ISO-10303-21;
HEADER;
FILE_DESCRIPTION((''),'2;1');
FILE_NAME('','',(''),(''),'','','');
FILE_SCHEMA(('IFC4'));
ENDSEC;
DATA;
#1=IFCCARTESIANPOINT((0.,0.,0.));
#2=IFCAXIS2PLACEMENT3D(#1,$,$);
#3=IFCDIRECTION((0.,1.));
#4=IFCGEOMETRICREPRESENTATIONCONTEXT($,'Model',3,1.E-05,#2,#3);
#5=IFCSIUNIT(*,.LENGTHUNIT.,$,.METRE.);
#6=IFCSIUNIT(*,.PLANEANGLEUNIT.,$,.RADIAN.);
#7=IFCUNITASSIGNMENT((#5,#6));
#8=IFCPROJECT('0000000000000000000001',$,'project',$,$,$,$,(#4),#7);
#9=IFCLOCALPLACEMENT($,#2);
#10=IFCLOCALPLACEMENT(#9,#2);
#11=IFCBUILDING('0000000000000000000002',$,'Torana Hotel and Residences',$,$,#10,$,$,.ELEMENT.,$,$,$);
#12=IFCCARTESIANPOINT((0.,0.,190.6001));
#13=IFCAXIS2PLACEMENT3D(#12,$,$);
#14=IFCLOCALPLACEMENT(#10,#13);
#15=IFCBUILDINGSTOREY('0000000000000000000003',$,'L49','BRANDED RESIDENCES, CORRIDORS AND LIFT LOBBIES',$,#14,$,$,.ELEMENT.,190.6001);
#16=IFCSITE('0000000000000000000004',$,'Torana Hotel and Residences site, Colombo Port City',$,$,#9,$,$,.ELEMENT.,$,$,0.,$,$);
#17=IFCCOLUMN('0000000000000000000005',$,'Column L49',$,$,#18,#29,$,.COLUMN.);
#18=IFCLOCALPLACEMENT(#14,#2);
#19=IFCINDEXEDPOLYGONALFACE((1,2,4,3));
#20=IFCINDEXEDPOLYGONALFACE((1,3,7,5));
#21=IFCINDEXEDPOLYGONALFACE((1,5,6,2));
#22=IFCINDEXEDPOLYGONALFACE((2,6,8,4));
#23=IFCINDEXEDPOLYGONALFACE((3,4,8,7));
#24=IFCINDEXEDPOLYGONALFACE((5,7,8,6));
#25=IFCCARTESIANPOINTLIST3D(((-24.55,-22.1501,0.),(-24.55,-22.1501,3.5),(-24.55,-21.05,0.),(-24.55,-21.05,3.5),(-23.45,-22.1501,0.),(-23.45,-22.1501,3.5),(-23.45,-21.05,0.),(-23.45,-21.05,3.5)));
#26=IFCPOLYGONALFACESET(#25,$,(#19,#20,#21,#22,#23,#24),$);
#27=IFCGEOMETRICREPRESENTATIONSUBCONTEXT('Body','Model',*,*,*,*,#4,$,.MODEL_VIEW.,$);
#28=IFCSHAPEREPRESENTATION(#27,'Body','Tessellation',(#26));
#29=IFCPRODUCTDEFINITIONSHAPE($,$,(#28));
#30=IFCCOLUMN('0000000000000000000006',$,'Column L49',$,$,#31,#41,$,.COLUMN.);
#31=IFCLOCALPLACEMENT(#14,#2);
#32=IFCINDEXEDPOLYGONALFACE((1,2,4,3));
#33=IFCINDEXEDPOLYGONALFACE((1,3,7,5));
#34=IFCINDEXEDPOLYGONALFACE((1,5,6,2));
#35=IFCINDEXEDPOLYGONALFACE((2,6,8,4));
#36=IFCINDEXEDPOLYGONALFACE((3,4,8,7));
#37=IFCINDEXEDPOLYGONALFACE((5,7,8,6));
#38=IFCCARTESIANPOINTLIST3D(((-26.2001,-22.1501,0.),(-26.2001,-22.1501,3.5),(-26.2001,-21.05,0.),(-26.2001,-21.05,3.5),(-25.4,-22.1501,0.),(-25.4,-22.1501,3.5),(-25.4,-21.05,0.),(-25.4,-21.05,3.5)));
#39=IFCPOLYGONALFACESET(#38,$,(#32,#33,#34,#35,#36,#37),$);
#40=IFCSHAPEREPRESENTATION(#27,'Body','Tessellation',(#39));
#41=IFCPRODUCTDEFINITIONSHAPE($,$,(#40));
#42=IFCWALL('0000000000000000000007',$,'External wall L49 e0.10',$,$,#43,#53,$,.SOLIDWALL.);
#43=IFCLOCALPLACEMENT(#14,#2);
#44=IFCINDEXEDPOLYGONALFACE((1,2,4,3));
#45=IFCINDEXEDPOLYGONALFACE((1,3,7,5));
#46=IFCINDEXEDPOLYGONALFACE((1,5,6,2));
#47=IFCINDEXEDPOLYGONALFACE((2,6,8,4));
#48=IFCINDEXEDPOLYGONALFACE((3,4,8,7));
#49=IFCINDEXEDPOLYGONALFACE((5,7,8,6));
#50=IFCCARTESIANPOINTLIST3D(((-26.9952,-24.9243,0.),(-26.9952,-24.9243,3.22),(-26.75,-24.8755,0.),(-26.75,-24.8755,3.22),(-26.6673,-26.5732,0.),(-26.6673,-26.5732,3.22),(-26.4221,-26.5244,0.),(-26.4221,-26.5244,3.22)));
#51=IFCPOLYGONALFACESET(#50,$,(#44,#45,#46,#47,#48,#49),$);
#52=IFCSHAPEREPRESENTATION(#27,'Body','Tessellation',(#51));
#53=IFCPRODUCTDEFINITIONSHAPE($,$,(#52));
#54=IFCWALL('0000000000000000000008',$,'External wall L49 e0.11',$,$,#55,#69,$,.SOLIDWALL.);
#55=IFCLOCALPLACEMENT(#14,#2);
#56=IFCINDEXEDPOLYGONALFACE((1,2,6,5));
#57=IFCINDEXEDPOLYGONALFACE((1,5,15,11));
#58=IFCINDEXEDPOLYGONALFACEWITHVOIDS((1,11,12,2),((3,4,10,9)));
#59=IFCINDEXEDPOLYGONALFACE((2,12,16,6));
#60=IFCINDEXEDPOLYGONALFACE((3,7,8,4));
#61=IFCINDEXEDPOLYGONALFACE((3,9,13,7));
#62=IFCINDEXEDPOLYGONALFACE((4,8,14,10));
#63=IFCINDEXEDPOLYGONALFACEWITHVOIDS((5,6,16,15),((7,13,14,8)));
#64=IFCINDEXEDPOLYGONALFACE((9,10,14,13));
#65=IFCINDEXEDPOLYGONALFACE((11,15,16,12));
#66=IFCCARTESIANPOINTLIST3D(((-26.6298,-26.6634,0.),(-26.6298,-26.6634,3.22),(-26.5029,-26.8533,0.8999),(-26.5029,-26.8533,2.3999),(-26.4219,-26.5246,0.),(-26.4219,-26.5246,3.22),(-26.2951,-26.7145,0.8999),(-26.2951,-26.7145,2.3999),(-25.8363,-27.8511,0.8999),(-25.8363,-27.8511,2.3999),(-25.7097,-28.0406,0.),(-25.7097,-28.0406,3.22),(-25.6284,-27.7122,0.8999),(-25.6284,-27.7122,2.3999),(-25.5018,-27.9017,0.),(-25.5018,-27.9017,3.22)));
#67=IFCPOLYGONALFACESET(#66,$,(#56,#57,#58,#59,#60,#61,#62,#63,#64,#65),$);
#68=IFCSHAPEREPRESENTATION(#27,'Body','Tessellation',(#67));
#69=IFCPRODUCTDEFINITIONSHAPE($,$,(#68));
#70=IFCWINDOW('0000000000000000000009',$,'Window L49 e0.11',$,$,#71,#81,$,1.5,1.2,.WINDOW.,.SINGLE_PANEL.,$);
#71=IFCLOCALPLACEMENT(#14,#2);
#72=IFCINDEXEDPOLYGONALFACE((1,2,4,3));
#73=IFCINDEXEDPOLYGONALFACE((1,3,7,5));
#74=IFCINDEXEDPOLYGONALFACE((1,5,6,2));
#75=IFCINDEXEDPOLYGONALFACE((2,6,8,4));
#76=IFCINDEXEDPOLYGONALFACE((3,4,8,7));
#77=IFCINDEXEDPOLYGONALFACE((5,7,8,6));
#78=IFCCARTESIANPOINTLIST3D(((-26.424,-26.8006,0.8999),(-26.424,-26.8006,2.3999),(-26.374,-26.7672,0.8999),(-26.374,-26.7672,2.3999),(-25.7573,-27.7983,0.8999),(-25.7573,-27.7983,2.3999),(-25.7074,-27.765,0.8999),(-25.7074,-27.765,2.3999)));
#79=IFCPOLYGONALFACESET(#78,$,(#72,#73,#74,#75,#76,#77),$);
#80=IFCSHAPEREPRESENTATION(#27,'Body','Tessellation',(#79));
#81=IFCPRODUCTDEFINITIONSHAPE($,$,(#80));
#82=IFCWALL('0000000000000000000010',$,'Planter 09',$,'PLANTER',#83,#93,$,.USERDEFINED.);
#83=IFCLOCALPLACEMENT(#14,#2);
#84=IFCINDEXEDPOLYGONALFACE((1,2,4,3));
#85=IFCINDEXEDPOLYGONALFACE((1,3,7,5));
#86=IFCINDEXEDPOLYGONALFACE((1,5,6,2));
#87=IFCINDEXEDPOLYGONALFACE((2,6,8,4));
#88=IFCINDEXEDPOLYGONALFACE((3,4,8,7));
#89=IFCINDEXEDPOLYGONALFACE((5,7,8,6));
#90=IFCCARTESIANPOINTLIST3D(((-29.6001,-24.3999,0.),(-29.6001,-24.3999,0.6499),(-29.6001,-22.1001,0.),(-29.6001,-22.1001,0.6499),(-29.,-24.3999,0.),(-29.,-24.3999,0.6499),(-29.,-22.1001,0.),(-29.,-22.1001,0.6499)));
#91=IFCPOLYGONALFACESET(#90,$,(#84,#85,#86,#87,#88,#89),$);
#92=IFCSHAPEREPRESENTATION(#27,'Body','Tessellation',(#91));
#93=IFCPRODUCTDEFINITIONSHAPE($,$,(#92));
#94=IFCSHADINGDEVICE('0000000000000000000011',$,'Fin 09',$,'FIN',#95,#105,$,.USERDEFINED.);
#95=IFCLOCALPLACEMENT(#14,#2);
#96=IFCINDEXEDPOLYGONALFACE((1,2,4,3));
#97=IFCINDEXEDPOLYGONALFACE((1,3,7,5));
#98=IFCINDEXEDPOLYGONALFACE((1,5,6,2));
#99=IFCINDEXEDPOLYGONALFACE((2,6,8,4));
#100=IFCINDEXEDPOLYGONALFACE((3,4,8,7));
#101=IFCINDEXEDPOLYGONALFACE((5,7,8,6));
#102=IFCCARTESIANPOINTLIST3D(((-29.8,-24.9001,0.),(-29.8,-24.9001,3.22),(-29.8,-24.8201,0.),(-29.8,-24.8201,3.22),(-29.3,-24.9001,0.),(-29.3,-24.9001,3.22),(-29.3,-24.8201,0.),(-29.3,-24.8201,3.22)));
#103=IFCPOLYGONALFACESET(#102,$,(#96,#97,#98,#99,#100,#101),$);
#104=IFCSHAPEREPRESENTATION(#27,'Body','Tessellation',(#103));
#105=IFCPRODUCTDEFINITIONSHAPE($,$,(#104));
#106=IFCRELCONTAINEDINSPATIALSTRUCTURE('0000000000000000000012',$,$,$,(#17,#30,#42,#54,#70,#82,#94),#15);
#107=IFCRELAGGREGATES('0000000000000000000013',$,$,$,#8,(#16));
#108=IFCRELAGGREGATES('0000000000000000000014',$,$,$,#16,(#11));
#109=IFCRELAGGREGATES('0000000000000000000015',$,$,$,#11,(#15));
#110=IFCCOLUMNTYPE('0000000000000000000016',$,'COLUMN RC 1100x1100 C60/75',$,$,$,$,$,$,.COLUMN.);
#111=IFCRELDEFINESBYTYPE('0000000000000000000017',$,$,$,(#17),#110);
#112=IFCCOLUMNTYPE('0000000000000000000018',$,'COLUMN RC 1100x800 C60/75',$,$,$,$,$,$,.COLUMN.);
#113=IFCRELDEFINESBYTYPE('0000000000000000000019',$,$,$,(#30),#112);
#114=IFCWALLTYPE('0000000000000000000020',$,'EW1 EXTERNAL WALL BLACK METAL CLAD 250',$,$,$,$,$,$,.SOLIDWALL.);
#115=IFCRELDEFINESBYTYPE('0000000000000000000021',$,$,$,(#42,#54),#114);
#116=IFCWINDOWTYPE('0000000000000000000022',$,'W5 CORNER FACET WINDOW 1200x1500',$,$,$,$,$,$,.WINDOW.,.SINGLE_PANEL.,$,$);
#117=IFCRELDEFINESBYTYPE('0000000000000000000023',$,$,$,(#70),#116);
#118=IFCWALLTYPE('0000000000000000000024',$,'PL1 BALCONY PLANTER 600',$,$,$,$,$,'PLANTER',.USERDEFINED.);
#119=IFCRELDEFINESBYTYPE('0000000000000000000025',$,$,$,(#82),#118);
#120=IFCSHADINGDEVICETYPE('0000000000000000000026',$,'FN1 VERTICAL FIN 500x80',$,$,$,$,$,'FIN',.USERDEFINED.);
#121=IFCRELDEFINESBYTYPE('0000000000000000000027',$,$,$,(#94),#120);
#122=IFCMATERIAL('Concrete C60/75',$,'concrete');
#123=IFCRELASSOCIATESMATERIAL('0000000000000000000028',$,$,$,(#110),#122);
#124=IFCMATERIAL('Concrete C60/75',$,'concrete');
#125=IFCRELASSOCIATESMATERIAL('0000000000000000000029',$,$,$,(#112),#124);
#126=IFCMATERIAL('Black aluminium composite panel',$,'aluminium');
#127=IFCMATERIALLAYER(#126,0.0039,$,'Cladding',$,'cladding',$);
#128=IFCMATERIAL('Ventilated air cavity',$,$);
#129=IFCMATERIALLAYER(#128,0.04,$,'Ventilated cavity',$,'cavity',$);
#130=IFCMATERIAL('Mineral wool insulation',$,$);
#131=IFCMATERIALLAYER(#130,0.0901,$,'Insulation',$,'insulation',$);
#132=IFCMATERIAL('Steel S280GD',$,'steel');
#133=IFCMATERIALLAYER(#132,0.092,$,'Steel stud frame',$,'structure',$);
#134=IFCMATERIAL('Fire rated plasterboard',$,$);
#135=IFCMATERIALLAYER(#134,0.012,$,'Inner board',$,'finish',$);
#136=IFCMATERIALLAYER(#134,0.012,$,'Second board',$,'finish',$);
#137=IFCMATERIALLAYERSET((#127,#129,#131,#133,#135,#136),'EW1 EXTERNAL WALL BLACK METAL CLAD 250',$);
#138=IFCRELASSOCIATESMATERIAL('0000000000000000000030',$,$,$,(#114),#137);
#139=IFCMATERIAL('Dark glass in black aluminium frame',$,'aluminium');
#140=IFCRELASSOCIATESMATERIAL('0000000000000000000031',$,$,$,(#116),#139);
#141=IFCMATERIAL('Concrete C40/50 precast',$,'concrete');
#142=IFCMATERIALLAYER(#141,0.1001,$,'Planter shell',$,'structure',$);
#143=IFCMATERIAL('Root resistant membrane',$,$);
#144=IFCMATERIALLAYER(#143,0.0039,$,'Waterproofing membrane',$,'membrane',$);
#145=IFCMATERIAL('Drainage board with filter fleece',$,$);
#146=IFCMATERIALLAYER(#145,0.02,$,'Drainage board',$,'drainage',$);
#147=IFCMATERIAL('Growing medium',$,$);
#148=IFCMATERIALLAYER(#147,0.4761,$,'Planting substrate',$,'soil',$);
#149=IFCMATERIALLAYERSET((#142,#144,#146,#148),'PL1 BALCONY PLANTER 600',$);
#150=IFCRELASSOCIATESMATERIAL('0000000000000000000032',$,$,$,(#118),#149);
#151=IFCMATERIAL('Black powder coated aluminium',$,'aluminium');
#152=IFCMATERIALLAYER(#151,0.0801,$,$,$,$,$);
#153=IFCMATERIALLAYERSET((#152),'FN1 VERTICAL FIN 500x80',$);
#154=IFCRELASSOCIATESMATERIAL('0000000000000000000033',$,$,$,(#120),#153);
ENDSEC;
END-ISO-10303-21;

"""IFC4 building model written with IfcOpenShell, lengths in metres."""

from ifc_helpers import new_model, si_unit, direction, frame, frame_2d, origin, origin_2d, place, context, subcontext, project, spatial, rectangle, extrude, material, layer, layer_set, material_profile, profile_set, type_object, element, fill, save


model = new_model("IFC4")

# Units and contexts
model_context = context("Model", 3, precision=1e-05, world=origin(), true_north=direction((0.0, 1.0)))
body_context = subcontext(model_context, "Body", "Model", "MODEL_VIEW")
ifc_project = project(units=[si_unit("LENGTHUNIT", "METRE"), si_unit("PLANEANGLEUNIT", "RADIAN")], contexts=[model_context])

# Site, building, storey
site_placement = place(None, origin())
site = spatial("IfcSite", under=ifc_project, at=site_placement, Name="Torana Hotel and Residences site, Colombo Port City", CompositionType="ELEMENT", RefElevation=0.0)
building_placement = place(site_placement, origin())
building = spatial("IfcBuilding", under=site, at=building_placement, Name="Torana Hotel and Residences", CompositionType="ELEMENT")
storey_placement = place(building_placement, frame((0.0, 0.0, 190.6001)))
storey = spatial("IfcBuildingStorey", under=building, at=storey_placement, Name="L49", Description="BRANDED RESIDENCES, CORRIDORS AND LIFT LOBBIES", CompositionType="ELEMENT", Elevation=190.6001)

# Columns
ifc_material_1 = material(Name="Concrete C60/75", Category="concrete")
ifc_material_profile_1 = material_profile(ifc_material_1, rectangle(XDim=1.1001, YDim=1.1001, at=origin_2d()), Name="RC 1100x1100")
ifc_profile_set_1 = profile_set([ifc_material_profile_1], Name="Concrete C60/75")
column_type_1 = type_object("IfcColumnType", Name="COLUMN RC 1100x1100 C60/75", PredefinedType="COLUMN", material=ifc_profile_set_1)
column_1_placement = place(storey_placement, frame((-24.0, -21.6001, 0.0), z_axis=(0.0, 0.0, 1.0), x_axis=(1.0, 0.0, 0.0)))
element("IfcColumn", 1, at=column_1_placement, inside=storey, type_object=column_type_1, Name="Column L49", PredefinedType="COLUMN", context=body_context, shape_type="SweptSolid", body=[
    extrude(rectangle(XDim=1.1001, YDim=1.1001, at=origin_2d()), origin(), (0.0, 0.0, 1.0), 3.5),
])
ifc_material_2 = material(Name="Concrete C60/75", Category="concrete")
ifc_material_profile_2 = material_profile(ifc_material_2, rectangle(XDim=1.1001, YDim=0.8, at=origin_2d()), Name="RC 1100x800")
ifc_profile_set_2 = profile_set([ifc_material_profile_2], Name="Concrete C60/75")
column_type_2 = type_object("IfcColumnType", Name="COLUMN RC 1100x800 C60/75", PredefinedType="COLUMN", material=ifc_profile_set_2)
column_2_placement = place(storey_placement, frame((-25.8, -21.6001, 0.0), z_axis=(0.0, 0.0, 1.0), x_axis=(0.0, 1.0, 0.0)))
element("IfcColumn", 2, at=column_2_placement, inside=storey, type_object=column_type_2, Name="Column L49", PredefinedType="COLUMN", context=body_context, shape_type="SweptSolid", body=[
    extrude(rectangle(XDim=1.1001, YDim=0.8, at=origin_2d()), origin(), (0.0, 0.0, 1.0), 3.5),
])

# Wall
ifc_material_3 = material(Name="Black aluminium composite panel", Category="aluminium")
ifc_layer_1 = layer(ifc_material_3, 0.0039, Name="Cladding", Category="cladding")
ifc_material_4 = material(Name="Ventilated air cavity")
ifc_layer_2 = layer(ifc_material_4, 0.04, Name="Ventilated cavity", Category="cavity")
ifc_material_5 = material(Name="Mineral wool insulation")
ifc_layer_3 = layer(ifc_material_5, 0.0901, Name="Insulation", Category="insulation")
ifc_material_6 = material(Name="Steel S280GD", Category="steel")
ifc_layer_4 = layer(ifc_material_6, 0.092, Name="Steel stud frame", Category="structure")
ifc_material_7 = material(Name="Fire rated plasterboard")
ifc_layer_5 = layer(ifc_material_7, 0.012, Name="Inner board", Category="finish")
ifc_layer_6 = layer(ifc_material_7, 0.012, Name="Second board", Category="finish")
ifc_layer_set_1 = layer_set([ifc_layer_1, ifc_layer_2, ifc_layer_3, ifc_layer_4, ifc_layer_5, ifc_layer_6], Name="EW1 EXTERNAL WALL BLACK METAL CLAD 250")
wall_type_1 = type_object("IfcWallType", Name="EW1 EXTERNAL WALL BLACK METAL CLAD 250", PredefinedType="SOLIDWALL", material=ifc_layer_set_1)
wall_1_placement = place(storey_placement, frame((-26.8726, -24.8999, 0.0), z_axis=(0.0, 0.0, 1.0), x_axis=(0.195027, -0.980798, 0.0)))
element("IfcWall", 3, at=wall_1_placement, inside=storey, type_object=wall_type_1, Name="External wall L49 e0.10", PredefinedType="SOLIDWALL", context=body_context, shape_type="SweptSolid", body=[
    extrude(rectangle(XDim=1.6812, YDim=0.25, at=frame_2d((0.8406, 0.0))), origin(), (0.0, 0.0, 1.0), 3.22),
])

# Wall, opening, window
wall_2_placement = place(storey_placement, frame((-26.5259, -26.594, 0.0), z_axis=(0.0, 0.0, 1.0), x_axis=(0.55555, -0.831483, 0.0)))
wall_2 = element("IfcWall", 4, at=wall_2_placement, inside=storey, type_object=wall_type_1, Name="External wall L49 e0.11", PredefinedType="SOLIDWALL", context=body_context, shape_type="SweptSolid", body=[
    extrude(rectangle(XDim=1.6562, YDim=0.25, at=frame_2d((0.8281, 0.0))), origin(), (0.0, 0.0, 1.0), 3.22),
])
opening_placement = place(wall_2_placement, frame((0.2283, 0.0, 0.8999)))
opening = element("IfcOpeningElement", 5, at=opening_placement, cuts=wall_2, PredefinedType="OPENING", context=body_context, shape_type="SweptSolid", body=[
    extrude(rectangle(XDim=1.2, YDim=1.5, at=frame_2d((0.6001, 0.75))), frame((0.0, 0.135, 0.0), z_axis=(0.0, -1.0, 0.0), x_axis=(1.0, 0.0, 0.0)), (0.0, 0.0, 1.0), 0.27),
])
ifc_material_8 = material(Name="Dark glass in black aluminium frame", Category="aluminium")
window_type = type_object("IfcWindowType", Name="W5 CORNER FACET WINDOW 1200x1500", PartitioningType="SINGLE_PANEL", PredefinedType="WINDOW", material=ifc_material_8)
window_placement = place(opening_placement, origin())
window = element("IfcWindow", 6, at=window_placement, inside=storey, type_object=window_type, Name="Window L49 e0.11", OverallHeight=1.5, OverallWidth=1.2, PartitioningType="SINGLE_PANEL", PredefinedType="WINDOW", context=body_context, shape_type="SweptSolid", body=[
    extrude(rectangle(XDim=1.2, YDim=1.5, at=frame_2d((0.6001, 0.75))), frame((0.0, 0.03, 0.0), z_axis=(0.0, -1.0, 0.0), x_axis=(1.0, 0.0, 0.0)), (0.0, 0.0, 1.0), 0.0601),
])
fill(opening, window)

# Wall
ifc_material_9 = material(Name="Concrete C40/50 precast", Category="concrete")
ifc_layer_7 = layer(ifc_material_9, 0.1001, Name="Planter shell", Category="structure")
ifc_material_10 = material(Name="Root resistant membrane")
ifc_layer_8 = layer(ifc_material_10, 0.0039, Name="Waterproofing membrane", Category="membrane")
ifc_material_11 = material(Name="Drainage board with filter fleece")
ifc_layer_9 = layer(ifc_material_11, 0.02, Name="Drainage board", Category="drainage")
ifc_material_12 = material(Name="Growing medium")
ifc_layer_10 = layer(ifc_material_12, 0.4761, Name="Planting substrate", Category="soil")
ifc_layer_set_2 = layer_set([ifc_layer_7, ifc_layer_8, ifc_layer_9, ifc_layer_10], Name="PL1 BALCONY PLANTER 600")
wall_type_2 = type_object("IfcWallType", Name="PL1 BALCONY PLANTER 600", ElementType="PLANTER", PredefinedType="USERDEFINED", material=ifc_layer_set_2)
wall_3_placement = place(storey_placement, frame((-29.3, -24.3999, 0.0), z_axis=(0.0, 0.0, 1.0), x_axis=(0.0, 1.0, 0.0)))
element("IfcWall", 7, at=wall_3_placement, inside=storey, type_object=wall_type_2, Name="Planter 09", ObjectType="PLANTER", PredefinedType="USERDEFINED", context=body_context, shape_type="SweptSolid", body=[
    extrude(rectangle(XDim=2.2998, YDim=0.6001, at=frame_2d((1.1499, 0.0))), origin(), (0.0, 0.0, 1.0), 0.6499),
])

# Shading device
ifc_material_13 = material(Name="Black powder coated aluminium", Category="aluminium")
ifc_layer_11 = layer(ifc_material_13, 0.0801)
ifc_layer_set_3 = layer_set([ifc_layer_11], Name="FN1 VERTICAL FIN 500x80")
shading_device_type = type_object("IfcShadingDeviceType", Name="FN1 VERTICAL FIN 500x80", ElementType="FIN", PredefinedType="USERDEFINED", material=ifc_layer_set_3)
shading_device_placement = place(storey_placement, frame((-29.55, -24.8601, 0.0), z_axis=(0.0, 0.0, 1.0), x_axis=(0.0, 1.0, 0.0)))
element("IfcShadingDevice", 8, at=shading_device_placement, inside=storey, type_object=shading_device_type, Name="Fin 09", ObjectType="FIN", PredefinedType="USERDEFINED", context=body_context, shape_type="SweptSolid", body=[
    extrude(rectangle(XDim=0.0801, YDim=0.5, at=origin_2d()), origin(), (0.0, 0.0, 1.0), 3.22),
])

save(model, "model.ifc")
